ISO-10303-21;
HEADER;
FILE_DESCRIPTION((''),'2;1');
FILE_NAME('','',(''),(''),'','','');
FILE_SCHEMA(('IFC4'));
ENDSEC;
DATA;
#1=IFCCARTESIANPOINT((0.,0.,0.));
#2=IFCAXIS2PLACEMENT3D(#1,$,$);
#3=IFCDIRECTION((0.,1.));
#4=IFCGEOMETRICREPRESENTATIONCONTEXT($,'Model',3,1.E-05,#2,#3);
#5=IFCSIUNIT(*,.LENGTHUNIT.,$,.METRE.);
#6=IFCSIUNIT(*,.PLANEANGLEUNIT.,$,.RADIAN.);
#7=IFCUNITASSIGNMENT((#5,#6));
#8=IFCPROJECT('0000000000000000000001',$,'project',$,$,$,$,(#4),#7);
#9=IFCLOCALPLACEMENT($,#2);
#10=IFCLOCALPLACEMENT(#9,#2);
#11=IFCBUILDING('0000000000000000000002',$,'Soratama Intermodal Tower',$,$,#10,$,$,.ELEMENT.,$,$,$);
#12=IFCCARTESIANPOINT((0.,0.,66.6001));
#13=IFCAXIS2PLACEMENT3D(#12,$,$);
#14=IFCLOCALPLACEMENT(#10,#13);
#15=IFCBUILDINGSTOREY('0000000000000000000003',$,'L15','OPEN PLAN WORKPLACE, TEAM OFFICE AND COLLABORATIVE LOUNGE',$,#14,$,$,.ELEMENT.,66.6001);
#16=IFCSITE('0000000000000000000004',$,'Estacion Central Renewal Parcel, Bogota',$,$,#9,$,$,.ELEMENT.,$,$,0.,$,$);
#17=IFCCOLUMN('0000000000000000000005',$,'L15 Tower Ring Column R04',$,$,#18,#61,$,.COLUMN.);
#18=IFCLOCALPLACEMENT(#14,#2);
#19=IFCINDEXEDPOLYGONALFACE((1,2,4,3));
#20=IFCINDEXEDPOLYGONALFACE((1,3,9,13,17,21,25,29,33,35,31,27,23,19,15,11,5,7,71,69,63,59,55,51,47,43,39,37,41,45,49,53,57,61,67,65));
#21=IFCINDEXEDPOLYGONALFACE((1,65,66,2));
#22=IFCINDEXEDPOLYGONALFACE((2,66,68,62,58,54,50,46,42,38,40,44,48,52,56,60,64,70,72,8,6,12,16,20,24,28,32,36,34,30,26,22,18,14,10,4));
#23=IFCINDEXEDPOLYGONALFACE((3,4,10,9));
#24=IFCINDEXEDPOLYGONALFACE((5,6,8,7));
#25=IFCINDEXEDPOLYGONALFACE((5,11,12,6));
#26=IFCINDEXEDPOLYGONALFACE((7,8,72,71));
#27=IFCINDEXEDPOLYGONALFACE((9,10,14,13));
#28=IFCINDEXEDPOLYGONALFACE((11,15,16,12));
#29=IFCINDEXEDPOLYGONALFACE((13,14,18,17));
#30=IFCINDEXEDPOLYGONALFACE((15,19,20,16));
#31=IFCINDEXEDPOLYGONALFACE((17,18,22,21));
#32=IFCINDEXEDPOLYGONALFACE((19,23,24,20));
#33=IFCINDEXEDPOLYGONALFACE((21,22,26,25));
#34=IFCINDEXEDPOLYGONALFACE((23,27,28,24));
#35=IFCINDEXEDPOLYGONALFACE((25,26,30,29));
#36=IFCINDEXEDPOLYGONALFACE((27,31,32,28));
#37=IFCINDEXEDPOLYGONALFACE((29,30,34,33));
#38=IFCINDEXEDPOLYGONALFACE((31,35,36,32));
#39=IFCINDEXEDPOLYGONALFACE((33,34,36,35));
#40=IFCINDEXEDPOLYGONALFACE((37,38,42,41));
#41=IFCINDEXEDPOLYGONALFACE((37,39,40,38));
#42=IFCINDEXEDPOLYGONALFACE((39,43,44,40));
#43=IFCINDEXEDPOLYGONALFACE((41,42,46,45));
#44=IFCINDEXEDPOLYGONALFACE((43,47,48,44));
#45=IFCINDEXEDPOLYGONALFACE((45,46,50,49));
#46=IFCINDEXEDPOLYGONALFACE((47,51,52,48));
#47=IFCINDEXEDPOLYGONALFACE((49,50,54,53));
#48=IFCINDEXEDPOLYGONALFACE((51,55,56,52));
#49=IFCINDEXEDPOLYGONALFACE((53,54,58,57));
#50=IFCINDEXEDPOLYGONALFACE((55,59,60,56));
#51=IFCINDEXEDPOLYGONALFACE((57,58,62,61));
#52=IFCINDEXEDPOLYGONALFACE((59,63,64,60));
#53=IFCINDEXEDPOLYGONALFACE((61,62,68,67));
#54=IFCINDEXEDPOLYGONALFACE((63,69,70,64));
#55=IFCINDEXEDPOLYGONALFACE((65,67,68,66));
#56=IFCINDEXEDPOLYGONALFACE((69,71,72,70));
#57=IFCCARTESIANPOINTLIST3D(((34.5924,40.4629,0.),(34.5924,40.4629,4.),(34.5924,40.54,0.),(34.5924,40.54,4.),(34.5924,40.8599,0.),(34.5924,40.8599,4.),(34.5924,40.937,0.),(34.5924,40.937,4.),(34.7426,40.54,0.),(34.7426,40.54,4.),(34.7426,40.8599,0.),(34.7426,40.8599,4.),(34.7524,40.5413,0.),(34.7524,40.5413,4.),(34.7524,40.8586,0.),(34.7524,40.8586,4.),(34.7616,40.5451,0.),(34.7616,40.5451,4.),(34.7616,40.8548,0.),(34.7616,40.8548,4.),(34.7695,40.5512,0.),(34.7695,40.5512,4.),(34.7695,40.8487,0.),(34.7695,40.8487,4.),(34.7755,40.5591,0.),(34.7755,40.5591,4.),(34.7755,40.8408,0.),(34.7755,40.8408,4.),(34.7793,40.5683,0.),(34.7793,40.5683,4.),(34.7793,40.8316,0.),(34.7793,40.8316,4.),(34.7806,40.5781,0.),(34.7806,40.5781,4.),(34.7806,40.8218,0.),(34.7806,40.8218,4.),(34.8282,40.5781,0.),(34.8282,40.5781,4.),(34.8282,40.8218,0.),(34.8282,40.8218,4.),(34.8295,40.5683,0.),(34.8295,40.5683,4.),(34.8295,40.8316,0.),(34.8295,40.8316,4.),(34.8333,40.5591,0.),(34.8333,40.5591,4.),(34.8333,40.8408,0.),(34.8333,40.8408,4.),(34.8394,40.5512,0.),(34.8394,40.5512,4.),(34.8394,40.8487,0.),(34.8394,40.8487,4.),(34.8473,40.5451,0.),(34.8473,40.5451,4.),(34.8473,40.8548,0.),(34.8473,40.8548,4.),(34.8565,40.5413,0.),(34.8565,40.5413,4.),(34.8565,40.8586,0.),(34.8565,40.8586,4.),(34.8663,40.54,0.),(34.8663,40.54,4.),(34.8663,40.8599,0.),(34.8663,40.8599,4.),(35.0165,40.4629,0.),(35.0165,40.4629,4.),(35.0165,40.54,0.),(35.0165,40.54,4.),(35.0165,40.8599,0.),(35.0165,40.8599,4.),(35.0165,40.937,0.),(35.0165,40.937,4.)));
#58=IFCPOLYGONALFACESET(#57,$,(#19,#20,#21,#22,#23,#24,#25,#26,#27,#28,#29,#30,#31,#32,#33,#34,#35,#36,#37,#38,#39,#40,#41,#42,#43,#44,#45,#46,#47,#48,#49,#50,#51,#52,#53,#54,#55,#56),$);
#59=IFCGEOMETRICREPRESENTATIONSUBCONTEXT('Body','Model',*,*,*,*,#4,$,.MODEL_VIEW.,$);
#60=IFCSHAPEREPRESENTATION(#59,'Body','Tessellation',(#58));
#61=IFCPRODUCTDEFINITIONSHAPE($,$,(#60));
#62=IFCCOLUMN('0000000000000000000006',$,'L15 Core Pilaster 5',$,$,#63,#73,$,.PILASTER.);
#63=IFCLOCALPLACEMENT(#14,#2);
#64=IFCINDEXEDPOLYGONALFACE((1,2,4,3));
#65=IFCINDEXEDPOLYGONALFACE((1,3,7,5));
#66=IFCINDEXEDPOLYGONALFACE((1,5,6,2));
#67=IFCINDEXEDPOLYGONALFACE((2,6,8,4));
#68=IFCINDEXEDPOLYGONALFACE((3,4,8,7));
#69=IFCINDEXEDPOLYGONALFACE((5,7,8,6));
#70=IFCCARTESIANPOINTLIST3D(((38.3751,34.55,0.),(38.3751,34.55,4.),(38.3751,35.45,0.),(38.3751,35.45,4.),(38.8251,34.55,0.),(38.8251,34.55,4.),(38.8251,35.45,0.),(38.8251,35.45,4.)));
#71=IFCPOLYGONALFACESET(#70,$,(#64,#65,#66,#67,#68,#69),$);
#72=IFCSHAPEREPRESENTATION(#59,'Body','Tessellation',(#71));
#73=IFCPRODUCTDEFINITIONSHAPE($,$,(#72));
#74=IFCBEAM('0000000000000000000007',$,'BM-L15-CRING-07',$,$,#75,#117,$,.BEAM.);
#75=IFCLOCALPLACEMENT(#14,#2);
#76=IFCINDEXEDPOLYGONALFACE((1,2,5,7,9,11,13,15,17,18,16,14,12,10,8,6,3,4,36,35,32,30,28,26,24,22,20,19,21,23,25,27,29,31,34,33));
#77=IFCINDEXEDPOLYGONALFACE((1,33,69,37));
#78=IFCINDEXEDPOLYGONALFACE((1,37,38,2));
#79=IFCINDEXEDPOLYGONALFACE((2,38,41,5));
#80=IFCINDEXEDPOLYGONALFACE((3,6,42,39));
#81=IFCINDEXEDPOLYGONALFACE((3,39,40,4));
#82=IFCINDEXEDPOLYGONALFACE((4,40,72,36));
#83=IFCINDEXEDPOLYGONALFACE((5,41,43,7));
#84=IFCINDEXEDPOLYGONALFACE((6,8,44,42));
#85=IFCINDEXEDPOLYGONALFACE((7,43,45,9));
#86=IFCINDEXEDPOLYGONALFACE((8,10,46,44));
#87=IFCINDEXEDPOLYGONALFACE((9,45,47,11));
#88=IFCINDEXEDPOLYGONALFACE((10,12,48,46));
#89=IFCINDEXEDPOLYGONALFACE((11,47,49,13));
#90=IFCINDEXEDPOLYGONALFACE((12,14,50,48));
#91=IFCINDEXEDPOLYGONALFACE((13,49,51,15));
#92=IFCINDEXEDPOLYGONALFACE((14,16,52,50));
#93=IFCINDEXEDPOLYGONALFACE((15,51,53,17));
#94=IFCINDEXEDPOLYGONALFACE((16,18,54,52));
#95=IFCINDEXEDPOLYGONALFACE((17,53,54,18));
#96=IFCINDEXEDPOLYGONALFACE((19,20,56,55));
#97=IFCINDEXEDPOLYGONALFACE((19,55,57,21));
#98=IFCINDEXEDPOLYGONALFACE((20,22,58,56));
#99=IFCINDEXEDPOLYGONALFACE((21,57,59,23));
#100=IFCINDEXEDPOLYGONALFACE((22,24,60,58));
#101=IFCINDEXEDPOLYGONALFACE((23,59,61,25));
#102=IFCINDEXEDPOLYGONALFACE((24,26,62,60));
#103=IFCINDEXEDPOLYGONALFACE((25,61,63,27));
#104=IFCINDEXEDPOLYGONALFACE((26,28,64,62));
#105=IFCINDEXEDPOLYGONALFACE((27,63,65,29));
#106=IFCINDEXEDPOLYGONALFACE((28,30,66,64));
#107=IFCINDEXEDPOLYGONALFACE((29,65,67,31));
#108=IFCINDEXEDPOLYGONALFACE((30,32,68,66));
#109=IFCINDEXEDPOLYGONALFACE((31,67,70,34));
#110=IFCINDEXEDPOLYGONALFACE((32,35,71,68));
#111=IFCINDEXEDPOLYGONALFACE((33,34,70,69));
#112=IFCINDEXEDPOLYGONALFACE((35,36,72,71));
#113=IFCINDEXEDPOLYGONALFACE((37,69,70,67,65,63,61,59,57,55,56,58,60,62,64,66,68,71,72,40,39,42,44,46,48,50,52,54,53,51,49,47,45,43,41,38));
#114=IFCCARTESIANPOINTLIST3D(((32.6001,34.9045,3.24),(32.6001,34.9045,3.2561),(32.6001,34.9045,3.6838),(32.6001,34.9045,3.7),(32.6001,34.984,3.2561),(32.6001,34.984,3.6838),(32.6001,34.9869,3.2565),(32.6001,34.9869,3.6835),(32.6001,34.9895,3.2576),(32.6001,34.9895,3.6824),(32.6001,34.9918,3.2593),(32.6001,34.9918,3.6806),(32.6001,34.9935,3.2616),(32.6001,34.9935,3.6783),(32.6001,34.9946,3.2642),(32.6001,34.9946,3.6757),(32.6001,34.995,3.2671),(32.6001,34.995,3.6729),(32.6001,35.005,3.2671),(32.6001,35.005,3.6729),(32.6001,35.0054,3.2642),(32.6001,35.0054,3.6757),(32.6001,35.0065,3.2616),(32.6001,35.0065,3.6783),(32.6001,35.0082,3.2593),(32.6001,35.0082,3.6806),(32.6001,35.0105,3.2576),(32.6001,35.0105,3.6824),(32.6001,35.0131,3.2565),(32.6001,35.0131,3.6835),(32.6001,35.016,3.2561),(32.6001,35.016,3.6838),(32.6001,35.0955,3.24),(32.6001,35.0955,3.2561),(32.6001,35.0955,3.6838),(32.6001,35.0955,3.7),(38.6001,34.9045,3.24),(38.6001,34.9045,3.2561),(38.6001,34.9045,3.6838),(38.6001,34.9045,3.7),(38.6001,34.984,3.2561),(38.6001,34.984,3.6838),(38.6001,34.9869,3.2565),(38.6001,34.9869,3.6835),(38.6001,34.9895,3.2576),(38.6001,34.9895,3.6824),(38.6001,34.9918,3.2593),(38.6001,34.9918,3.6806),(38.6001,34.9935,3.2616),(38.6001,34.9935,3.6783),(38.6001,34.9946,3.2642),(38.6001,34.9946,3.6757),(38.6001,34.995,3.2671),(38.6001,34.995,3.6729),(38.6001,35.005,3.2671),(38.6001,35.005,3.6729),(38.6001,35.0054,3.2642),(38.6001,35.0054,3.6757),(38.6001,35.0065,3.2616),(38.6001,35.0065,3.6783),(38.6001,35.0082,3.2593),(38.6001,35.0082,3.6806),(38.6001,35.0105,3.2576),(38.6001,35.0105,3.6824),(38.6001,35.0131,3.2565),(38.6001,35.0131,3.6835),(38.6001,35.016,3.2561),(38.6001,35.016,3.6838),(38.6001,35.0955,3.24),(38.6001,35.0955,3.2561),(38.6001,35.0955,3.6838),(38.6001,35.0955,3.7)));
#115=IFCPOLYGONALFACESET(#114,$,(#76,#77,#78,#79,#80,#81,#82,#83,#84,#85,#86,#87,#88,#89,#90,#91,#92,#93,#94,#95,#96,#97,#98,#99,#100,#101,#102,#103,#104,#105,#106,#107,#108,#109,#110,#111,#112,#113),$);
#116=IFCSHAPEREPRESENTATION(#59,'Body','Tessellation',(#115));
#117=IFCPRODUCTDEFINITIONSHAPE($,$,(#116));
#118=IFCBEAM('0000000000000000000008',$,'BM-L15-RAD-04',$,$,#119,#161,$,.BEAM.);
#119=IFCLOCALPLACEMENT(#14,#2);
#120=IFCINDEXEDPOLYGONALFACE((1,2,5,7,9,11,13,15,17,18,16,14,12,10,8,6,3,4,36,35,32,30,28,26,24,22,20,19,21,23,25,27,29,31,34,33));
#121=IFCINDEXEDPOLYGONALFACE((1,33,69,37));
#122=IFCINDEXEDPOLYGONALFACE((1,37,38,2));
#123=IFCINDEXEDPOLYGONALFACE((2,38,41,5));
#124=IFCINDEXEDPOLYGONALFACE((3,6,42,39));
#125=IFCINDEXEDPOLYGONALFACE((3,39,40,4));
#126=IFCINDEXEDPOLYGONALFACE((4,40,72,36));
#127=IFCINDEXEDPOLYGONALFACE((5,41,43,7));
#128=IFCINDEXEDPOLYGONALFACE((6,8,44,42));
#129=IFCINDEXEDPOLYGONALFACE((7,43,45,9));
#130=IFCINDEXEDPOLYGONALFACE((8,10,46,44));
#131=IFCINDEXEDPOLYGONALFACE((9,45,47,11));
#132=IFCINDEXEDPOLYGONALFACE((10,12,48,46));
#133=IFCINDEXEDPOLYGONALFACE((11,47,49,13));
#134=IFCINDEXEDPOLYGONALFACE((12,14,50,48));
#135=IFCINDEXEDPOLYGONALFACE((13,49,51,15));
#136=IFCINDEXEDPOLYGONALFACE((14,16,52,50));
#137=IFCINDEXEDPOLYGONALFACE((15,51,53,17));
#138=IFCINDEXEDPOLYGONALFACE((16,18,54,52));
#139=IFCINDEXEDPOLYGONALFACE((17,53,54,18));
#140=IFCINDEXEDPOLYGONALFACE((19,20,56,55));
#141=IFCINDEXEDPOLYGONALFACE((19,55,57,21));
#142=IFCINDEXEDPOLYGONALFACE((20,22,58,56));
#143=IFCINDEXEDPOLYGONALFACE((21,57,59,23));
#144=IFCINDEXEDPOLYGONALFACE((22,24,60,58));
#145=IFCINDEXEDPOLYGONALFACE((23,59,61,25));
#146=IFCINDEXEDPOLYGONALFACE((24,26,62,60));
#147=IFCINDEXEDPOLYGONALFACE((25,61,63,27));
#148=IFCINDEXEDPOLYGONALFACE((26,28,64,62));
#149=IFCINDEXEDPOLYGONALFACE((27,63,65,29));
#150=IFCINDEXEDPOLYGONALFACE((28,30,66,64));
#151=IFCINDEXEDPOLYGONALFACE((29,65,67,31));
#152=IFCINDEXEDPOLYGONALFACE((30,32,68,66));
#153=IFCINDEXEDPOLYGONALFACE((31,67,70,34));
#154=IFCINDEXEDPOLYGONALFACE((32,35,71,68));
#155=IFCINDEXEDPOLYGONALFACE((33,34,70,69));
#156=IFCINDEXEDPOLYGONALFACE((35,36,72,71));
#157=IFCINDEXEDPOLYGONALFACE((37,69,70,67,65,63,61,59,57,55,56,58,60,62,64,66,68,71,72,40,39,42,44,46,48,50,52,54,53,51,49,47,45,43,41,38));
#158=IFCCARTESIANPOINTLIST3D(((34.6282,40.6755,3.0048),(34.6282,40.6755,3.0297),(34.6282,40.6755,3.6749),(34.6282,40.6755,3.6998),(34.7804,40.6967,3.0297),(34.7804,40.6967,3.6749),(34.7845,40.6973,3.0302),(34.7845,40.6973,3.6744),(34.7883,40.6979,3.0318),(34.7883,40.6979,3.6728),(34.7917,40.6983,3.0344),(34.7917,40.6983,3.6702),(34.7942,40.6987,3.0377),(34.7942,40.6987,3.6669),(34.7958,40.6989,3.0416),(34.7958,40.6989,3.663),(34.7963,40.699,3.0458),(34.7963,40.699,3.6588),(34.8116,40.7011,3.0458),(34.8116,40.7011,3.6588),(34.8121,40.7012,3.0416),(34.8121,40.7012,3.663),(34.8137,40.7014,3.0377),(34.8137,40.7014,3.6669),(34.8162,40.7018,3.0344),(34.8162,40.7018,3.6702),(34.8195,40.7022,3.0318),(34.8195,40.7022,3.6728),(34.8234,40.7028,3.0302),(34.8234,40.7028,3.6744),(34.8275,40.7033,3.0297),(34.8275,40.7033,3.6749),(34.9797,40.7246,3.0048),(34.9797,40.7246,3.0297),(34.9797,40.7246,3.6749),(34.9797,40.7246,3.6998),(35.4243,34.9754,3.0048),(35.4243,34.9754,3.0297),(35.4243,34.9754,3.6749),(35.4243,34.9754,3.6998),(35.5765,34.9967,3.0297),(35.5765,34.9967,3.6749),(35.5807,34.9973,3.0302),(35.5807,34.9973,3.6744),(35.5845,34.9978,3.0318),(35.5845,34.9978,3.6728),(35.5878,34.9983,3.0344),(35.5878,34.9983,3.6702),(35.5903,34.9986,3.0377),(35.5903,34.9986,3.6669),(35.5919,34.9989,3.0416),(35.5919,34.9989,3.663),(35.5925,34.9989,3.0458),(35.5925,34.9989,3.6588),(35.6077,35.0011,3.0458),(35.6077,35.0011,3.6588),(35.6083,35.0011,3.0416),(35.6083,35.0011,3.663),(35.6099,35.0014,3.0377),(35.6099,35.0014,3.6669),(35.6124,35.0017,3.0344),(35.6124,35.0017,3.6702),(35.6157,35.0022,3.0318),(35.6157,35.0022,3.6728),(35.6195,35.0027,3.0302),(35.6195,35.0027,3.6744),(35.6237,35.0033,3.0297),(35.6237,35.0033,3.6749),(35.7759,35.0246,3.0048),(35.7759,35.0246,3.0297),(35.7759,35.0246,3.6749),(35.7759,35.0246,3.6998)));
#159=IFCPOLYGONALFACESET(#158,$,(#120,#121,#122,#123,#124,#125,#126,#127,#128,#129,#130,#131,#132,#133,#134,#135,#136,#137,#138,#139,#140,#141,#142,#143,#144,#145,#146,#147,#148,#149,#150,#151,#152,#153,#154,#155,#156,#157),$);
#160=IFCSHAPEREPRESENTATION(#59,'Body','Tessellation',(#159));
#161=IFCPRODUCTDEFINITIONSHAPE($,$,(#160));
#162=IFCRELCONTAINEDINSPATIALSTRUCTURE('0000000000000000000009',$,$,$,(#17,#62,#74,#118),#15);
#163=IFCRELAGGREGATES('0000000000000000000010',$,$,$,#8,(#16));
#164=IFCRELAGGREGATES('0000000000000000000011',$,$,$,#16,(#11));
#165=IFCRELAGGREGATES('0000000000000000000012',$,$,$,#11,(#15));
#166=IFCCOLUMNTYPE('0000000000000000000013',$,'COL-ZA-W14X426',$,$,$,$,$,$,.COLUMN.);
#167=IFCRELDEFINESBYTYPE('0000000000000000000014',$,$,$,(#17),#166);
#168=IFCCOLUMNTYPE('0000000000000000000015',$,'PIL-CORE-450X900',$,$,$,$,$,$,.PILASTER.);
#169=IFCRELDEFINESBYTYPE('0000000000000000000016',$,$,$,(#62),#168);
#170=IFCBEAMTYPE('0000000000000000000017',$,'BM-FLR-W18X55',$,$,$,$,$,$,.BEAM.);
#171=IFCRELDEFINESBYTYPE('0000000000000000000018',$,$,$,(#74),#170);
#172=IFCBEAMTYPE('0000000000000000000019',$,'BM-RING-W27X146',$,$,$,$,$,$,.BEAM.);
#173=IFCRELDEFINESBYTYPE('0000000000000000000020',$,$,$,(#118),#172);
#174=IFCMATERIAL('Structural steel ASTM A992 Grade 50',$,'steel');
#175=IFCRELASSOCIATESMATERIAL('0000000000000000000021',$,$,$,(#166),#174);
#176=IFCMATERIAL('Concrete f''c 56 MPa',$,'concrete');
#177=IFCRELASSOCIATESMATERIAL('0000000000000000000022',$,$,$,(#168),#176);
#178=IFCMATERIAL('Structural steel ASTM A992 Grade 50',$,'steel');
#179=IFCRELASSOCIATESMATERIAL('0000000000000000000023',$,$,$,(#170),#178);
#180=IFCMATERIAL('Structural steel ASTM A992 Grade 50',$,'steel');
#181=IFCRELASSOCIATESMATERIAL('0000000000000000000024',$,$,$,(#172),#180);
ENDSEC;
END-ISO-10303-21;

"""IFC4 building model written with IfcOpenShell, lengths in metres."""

from ifc_helpers import new_model, si_unit, direction, frame, origin, origin_2d, place, context, subcontext, project, spatial, rectangle, i_section, extrude, material, material_profile, profile_set, type_object, element, save


model = new_model("IFC4")

# Units and contexts
model_context = context("Model", 3, precision=1e-05, world=origin(), true_north=direction((0.0, 1.0)))
body_context = subcontext(model_context, "Body", "Model", "MODEL_VIEW")
ifc_project = project(units=[si_unit("LENGTHUNIT", "METRE"), si_unit("PLANEANGLEUNIT", "RADIAN")], contexts=[model_context])

# Site, building, storey
site_placement = place(None, origin())
site = spatial("IfcSite", under=ifc_project, at=site_placement, Name="Estacion Central Renewal Parcel, Bogota", CompositionType="ELEMENT", RefElevation=0.0)
building_placement = place(site_placement, origin())
building = spatial("IfcBuilding", under=site, at=building_placement, Name="Soratama Intermodal Tower", CompositionType="ELEMENT")
storey_placement = place(building_placement, frame((0.0, 0.0, 66.6001)))
storey = spatial("IfcBuildingStorey", under=building, at=storey_placement, Name="L15", Description="OPEN PLAN WORKPLACE, TEAM OFFICE AND COLLABORATIVE LOUNGE", CompositionType="ELEMENT", Elevation=66.6001)

# Columns
ifc_material_1 = material(Name="Structural steel ASTM A992 Grade 50", Category="steel")
ifc_material_profile_1 = material_profile(ifc_material_1, i_section(OverallWidth=0.4241, OverallDepth=0.4741, WebThickness=0.0476, FlangeThickness=0.0771, FilletRadius=0.0381, at=origin_2d()), Name="W14X426")
ifc_profile_set_1 = profile_set([ifc_material_profile_1], Name="Structural steel ASTM A992 Grade 50")
column_type_1 = type_object("IfcColumnType", Name="COL-ZA-W14X426", PredefinedType="COLUMN", material=ifc_profile_set_1)
column_1_placement = place(storey_placement, frame((34.8044, 40.7, 0.0), z_axis=(0.0, 0.0, 1.0), x_axis=(1.0, 0.0, 0.0)))
element("IfcColumn", 1, at=column_1_placement, inside=storey, type_object=column_type_1, Name="L15 Tower Ring Column R04", PredefinedType="COLUMN", context=body_context, shape_type="SweptSolid", body=[
    extrude(i_section(OverallWidth=0.4241, OverallDepth=0.4741, WebThickness=0.0476, FlangeThickness=0.0771, FilletRadius=0.0381, at=origin_2d()), origin(), (0.0, 0.0, 1.0), 4.0),
])
ifc_material_2 = material(Name="Concrete f'c 56 MPa", Category="concrete")
ifc_material_profile_2 = material_profile(ifc_material_2, rectangle(XDim=0.45, YDim=0.8999, at=origin_2d()), Name="RC450X900")
ifc_profile_set_2 = profile_set([ifc_material_profile_2], Name="Concrete f'c 56 MPa")
column_type_2 = type_object("IfcColumnType", Name="PIL-CORE-450X900", PredefinedType="PILASTER", material=ifc_profile_set_2)
column_2_placement = place(storey_placement, frame((38.6001, 35.0, 0.0), z_axis=(0.0, 0.0, 1.0), x_axis=(1.0, 0.0, 0.0)))
element("IfcColumn", 2, at=column_2_placement, inside=storey, type_object=column_type_2, Name="L15 Core Pilaster 5", PredefinedType="PILASTER", context=body_context, shape_type="SweptSolid", body=[
    extrude(rectangle(XDim=0.45, YDim=0.8999, at=origin_2d()), origin(), (0.0, 0.0, 1.0), 4.0),
])

# Beams
ifc_material_3 = material(Name="Structural steel ASTM A992 Grade 50", Category="steel")
ifc_material_profile_3 = material_profile(ifc_material_3, i_section(OverallWidth=0.1909, OverallDepth=0.46, WebThickness=0.01, FlangeThickness=0.0161, FilletRadius=0.011, at=origin_2d()), Name="W18X55")
ifc_profile_set_3 = profile_set([ifc_material_profile_3], Name="Structural steel ASTM A992 Grade 50")
beam_type_1 = type_object("IfcBeamType", Name="BM-FLR-W18X55", PredefinedType="BEAM", material=ifc_profile_set_3)
beam_1_placement = place(storey_placement, frame((38.6001, 35.0, 3.47), z_axis=(-1.0, 0.0, 0.0), x_axis=(0.0, -1.0, 0.0)))
element("IfcBeam", 3, at=beam_1_placement, inside=storey, type_object=beam_type_1, Name="BM-L15-CRING-07", PredefinedType="BEAM", context=body_context, shape_type="SweptSolid", body=[
    extrude(i_section(OverallWidth=0.1909, OverallDepth=0.46, WebThickness=0.01, FlangeThickness=0.0161, FilletRadius=0.011, at=origin_2d()), origin(), (0.0, 0.0, 1.0), 6.0),
])
ifc_material_4 = material(Name="Structural steel ASTM A992 Grade 50", Category="steel")
ifc_material_profile_4 = material_profile(ifc_material_4, i_section(OverallWidth=0.355, OverallDepth=0.6951, WebThickness=0.0154, FlangeThickness=0.0249, FilletRadius=0.0161, at=origin_2d()), Name="W27X146")
ifc_profile_set_4 = profile_set([ifc_material_profile_4], Name="Structural steel ASTM A992 Grade 50")
beam_type_2 = type_object("IfcBeamType", Name="BM-RING-W27X146", PredefinedType="BEAM", material=ifc_profile_set_4)
beam_2_placement = place(storey_placement, frame((35.6001, 35.0, 3.3523), z_axis=(-0.138332, 0.990386, 0.0), x_axis=(-0.990386, -0.138332, 0.0)))
element("IfcBeam", 4, at=beam_2_placement, inside=storey, type_object=beam_type_2, Name="BM-L15-RAD-04", PredefinedType="BEAM", context=body_context, shape_type="SweptSolid", body=[
    extrude(i_section(OverallWidth=0.355, OverallDepth=0.6951, WebThickness=0.0154, FlangeThickness=0.0249, FilletRadius=0.0161, at=origin_2d()), origin(), (0.0, 0.0, 1.0), 5.7554),
])

save(model, "model.ifc")
